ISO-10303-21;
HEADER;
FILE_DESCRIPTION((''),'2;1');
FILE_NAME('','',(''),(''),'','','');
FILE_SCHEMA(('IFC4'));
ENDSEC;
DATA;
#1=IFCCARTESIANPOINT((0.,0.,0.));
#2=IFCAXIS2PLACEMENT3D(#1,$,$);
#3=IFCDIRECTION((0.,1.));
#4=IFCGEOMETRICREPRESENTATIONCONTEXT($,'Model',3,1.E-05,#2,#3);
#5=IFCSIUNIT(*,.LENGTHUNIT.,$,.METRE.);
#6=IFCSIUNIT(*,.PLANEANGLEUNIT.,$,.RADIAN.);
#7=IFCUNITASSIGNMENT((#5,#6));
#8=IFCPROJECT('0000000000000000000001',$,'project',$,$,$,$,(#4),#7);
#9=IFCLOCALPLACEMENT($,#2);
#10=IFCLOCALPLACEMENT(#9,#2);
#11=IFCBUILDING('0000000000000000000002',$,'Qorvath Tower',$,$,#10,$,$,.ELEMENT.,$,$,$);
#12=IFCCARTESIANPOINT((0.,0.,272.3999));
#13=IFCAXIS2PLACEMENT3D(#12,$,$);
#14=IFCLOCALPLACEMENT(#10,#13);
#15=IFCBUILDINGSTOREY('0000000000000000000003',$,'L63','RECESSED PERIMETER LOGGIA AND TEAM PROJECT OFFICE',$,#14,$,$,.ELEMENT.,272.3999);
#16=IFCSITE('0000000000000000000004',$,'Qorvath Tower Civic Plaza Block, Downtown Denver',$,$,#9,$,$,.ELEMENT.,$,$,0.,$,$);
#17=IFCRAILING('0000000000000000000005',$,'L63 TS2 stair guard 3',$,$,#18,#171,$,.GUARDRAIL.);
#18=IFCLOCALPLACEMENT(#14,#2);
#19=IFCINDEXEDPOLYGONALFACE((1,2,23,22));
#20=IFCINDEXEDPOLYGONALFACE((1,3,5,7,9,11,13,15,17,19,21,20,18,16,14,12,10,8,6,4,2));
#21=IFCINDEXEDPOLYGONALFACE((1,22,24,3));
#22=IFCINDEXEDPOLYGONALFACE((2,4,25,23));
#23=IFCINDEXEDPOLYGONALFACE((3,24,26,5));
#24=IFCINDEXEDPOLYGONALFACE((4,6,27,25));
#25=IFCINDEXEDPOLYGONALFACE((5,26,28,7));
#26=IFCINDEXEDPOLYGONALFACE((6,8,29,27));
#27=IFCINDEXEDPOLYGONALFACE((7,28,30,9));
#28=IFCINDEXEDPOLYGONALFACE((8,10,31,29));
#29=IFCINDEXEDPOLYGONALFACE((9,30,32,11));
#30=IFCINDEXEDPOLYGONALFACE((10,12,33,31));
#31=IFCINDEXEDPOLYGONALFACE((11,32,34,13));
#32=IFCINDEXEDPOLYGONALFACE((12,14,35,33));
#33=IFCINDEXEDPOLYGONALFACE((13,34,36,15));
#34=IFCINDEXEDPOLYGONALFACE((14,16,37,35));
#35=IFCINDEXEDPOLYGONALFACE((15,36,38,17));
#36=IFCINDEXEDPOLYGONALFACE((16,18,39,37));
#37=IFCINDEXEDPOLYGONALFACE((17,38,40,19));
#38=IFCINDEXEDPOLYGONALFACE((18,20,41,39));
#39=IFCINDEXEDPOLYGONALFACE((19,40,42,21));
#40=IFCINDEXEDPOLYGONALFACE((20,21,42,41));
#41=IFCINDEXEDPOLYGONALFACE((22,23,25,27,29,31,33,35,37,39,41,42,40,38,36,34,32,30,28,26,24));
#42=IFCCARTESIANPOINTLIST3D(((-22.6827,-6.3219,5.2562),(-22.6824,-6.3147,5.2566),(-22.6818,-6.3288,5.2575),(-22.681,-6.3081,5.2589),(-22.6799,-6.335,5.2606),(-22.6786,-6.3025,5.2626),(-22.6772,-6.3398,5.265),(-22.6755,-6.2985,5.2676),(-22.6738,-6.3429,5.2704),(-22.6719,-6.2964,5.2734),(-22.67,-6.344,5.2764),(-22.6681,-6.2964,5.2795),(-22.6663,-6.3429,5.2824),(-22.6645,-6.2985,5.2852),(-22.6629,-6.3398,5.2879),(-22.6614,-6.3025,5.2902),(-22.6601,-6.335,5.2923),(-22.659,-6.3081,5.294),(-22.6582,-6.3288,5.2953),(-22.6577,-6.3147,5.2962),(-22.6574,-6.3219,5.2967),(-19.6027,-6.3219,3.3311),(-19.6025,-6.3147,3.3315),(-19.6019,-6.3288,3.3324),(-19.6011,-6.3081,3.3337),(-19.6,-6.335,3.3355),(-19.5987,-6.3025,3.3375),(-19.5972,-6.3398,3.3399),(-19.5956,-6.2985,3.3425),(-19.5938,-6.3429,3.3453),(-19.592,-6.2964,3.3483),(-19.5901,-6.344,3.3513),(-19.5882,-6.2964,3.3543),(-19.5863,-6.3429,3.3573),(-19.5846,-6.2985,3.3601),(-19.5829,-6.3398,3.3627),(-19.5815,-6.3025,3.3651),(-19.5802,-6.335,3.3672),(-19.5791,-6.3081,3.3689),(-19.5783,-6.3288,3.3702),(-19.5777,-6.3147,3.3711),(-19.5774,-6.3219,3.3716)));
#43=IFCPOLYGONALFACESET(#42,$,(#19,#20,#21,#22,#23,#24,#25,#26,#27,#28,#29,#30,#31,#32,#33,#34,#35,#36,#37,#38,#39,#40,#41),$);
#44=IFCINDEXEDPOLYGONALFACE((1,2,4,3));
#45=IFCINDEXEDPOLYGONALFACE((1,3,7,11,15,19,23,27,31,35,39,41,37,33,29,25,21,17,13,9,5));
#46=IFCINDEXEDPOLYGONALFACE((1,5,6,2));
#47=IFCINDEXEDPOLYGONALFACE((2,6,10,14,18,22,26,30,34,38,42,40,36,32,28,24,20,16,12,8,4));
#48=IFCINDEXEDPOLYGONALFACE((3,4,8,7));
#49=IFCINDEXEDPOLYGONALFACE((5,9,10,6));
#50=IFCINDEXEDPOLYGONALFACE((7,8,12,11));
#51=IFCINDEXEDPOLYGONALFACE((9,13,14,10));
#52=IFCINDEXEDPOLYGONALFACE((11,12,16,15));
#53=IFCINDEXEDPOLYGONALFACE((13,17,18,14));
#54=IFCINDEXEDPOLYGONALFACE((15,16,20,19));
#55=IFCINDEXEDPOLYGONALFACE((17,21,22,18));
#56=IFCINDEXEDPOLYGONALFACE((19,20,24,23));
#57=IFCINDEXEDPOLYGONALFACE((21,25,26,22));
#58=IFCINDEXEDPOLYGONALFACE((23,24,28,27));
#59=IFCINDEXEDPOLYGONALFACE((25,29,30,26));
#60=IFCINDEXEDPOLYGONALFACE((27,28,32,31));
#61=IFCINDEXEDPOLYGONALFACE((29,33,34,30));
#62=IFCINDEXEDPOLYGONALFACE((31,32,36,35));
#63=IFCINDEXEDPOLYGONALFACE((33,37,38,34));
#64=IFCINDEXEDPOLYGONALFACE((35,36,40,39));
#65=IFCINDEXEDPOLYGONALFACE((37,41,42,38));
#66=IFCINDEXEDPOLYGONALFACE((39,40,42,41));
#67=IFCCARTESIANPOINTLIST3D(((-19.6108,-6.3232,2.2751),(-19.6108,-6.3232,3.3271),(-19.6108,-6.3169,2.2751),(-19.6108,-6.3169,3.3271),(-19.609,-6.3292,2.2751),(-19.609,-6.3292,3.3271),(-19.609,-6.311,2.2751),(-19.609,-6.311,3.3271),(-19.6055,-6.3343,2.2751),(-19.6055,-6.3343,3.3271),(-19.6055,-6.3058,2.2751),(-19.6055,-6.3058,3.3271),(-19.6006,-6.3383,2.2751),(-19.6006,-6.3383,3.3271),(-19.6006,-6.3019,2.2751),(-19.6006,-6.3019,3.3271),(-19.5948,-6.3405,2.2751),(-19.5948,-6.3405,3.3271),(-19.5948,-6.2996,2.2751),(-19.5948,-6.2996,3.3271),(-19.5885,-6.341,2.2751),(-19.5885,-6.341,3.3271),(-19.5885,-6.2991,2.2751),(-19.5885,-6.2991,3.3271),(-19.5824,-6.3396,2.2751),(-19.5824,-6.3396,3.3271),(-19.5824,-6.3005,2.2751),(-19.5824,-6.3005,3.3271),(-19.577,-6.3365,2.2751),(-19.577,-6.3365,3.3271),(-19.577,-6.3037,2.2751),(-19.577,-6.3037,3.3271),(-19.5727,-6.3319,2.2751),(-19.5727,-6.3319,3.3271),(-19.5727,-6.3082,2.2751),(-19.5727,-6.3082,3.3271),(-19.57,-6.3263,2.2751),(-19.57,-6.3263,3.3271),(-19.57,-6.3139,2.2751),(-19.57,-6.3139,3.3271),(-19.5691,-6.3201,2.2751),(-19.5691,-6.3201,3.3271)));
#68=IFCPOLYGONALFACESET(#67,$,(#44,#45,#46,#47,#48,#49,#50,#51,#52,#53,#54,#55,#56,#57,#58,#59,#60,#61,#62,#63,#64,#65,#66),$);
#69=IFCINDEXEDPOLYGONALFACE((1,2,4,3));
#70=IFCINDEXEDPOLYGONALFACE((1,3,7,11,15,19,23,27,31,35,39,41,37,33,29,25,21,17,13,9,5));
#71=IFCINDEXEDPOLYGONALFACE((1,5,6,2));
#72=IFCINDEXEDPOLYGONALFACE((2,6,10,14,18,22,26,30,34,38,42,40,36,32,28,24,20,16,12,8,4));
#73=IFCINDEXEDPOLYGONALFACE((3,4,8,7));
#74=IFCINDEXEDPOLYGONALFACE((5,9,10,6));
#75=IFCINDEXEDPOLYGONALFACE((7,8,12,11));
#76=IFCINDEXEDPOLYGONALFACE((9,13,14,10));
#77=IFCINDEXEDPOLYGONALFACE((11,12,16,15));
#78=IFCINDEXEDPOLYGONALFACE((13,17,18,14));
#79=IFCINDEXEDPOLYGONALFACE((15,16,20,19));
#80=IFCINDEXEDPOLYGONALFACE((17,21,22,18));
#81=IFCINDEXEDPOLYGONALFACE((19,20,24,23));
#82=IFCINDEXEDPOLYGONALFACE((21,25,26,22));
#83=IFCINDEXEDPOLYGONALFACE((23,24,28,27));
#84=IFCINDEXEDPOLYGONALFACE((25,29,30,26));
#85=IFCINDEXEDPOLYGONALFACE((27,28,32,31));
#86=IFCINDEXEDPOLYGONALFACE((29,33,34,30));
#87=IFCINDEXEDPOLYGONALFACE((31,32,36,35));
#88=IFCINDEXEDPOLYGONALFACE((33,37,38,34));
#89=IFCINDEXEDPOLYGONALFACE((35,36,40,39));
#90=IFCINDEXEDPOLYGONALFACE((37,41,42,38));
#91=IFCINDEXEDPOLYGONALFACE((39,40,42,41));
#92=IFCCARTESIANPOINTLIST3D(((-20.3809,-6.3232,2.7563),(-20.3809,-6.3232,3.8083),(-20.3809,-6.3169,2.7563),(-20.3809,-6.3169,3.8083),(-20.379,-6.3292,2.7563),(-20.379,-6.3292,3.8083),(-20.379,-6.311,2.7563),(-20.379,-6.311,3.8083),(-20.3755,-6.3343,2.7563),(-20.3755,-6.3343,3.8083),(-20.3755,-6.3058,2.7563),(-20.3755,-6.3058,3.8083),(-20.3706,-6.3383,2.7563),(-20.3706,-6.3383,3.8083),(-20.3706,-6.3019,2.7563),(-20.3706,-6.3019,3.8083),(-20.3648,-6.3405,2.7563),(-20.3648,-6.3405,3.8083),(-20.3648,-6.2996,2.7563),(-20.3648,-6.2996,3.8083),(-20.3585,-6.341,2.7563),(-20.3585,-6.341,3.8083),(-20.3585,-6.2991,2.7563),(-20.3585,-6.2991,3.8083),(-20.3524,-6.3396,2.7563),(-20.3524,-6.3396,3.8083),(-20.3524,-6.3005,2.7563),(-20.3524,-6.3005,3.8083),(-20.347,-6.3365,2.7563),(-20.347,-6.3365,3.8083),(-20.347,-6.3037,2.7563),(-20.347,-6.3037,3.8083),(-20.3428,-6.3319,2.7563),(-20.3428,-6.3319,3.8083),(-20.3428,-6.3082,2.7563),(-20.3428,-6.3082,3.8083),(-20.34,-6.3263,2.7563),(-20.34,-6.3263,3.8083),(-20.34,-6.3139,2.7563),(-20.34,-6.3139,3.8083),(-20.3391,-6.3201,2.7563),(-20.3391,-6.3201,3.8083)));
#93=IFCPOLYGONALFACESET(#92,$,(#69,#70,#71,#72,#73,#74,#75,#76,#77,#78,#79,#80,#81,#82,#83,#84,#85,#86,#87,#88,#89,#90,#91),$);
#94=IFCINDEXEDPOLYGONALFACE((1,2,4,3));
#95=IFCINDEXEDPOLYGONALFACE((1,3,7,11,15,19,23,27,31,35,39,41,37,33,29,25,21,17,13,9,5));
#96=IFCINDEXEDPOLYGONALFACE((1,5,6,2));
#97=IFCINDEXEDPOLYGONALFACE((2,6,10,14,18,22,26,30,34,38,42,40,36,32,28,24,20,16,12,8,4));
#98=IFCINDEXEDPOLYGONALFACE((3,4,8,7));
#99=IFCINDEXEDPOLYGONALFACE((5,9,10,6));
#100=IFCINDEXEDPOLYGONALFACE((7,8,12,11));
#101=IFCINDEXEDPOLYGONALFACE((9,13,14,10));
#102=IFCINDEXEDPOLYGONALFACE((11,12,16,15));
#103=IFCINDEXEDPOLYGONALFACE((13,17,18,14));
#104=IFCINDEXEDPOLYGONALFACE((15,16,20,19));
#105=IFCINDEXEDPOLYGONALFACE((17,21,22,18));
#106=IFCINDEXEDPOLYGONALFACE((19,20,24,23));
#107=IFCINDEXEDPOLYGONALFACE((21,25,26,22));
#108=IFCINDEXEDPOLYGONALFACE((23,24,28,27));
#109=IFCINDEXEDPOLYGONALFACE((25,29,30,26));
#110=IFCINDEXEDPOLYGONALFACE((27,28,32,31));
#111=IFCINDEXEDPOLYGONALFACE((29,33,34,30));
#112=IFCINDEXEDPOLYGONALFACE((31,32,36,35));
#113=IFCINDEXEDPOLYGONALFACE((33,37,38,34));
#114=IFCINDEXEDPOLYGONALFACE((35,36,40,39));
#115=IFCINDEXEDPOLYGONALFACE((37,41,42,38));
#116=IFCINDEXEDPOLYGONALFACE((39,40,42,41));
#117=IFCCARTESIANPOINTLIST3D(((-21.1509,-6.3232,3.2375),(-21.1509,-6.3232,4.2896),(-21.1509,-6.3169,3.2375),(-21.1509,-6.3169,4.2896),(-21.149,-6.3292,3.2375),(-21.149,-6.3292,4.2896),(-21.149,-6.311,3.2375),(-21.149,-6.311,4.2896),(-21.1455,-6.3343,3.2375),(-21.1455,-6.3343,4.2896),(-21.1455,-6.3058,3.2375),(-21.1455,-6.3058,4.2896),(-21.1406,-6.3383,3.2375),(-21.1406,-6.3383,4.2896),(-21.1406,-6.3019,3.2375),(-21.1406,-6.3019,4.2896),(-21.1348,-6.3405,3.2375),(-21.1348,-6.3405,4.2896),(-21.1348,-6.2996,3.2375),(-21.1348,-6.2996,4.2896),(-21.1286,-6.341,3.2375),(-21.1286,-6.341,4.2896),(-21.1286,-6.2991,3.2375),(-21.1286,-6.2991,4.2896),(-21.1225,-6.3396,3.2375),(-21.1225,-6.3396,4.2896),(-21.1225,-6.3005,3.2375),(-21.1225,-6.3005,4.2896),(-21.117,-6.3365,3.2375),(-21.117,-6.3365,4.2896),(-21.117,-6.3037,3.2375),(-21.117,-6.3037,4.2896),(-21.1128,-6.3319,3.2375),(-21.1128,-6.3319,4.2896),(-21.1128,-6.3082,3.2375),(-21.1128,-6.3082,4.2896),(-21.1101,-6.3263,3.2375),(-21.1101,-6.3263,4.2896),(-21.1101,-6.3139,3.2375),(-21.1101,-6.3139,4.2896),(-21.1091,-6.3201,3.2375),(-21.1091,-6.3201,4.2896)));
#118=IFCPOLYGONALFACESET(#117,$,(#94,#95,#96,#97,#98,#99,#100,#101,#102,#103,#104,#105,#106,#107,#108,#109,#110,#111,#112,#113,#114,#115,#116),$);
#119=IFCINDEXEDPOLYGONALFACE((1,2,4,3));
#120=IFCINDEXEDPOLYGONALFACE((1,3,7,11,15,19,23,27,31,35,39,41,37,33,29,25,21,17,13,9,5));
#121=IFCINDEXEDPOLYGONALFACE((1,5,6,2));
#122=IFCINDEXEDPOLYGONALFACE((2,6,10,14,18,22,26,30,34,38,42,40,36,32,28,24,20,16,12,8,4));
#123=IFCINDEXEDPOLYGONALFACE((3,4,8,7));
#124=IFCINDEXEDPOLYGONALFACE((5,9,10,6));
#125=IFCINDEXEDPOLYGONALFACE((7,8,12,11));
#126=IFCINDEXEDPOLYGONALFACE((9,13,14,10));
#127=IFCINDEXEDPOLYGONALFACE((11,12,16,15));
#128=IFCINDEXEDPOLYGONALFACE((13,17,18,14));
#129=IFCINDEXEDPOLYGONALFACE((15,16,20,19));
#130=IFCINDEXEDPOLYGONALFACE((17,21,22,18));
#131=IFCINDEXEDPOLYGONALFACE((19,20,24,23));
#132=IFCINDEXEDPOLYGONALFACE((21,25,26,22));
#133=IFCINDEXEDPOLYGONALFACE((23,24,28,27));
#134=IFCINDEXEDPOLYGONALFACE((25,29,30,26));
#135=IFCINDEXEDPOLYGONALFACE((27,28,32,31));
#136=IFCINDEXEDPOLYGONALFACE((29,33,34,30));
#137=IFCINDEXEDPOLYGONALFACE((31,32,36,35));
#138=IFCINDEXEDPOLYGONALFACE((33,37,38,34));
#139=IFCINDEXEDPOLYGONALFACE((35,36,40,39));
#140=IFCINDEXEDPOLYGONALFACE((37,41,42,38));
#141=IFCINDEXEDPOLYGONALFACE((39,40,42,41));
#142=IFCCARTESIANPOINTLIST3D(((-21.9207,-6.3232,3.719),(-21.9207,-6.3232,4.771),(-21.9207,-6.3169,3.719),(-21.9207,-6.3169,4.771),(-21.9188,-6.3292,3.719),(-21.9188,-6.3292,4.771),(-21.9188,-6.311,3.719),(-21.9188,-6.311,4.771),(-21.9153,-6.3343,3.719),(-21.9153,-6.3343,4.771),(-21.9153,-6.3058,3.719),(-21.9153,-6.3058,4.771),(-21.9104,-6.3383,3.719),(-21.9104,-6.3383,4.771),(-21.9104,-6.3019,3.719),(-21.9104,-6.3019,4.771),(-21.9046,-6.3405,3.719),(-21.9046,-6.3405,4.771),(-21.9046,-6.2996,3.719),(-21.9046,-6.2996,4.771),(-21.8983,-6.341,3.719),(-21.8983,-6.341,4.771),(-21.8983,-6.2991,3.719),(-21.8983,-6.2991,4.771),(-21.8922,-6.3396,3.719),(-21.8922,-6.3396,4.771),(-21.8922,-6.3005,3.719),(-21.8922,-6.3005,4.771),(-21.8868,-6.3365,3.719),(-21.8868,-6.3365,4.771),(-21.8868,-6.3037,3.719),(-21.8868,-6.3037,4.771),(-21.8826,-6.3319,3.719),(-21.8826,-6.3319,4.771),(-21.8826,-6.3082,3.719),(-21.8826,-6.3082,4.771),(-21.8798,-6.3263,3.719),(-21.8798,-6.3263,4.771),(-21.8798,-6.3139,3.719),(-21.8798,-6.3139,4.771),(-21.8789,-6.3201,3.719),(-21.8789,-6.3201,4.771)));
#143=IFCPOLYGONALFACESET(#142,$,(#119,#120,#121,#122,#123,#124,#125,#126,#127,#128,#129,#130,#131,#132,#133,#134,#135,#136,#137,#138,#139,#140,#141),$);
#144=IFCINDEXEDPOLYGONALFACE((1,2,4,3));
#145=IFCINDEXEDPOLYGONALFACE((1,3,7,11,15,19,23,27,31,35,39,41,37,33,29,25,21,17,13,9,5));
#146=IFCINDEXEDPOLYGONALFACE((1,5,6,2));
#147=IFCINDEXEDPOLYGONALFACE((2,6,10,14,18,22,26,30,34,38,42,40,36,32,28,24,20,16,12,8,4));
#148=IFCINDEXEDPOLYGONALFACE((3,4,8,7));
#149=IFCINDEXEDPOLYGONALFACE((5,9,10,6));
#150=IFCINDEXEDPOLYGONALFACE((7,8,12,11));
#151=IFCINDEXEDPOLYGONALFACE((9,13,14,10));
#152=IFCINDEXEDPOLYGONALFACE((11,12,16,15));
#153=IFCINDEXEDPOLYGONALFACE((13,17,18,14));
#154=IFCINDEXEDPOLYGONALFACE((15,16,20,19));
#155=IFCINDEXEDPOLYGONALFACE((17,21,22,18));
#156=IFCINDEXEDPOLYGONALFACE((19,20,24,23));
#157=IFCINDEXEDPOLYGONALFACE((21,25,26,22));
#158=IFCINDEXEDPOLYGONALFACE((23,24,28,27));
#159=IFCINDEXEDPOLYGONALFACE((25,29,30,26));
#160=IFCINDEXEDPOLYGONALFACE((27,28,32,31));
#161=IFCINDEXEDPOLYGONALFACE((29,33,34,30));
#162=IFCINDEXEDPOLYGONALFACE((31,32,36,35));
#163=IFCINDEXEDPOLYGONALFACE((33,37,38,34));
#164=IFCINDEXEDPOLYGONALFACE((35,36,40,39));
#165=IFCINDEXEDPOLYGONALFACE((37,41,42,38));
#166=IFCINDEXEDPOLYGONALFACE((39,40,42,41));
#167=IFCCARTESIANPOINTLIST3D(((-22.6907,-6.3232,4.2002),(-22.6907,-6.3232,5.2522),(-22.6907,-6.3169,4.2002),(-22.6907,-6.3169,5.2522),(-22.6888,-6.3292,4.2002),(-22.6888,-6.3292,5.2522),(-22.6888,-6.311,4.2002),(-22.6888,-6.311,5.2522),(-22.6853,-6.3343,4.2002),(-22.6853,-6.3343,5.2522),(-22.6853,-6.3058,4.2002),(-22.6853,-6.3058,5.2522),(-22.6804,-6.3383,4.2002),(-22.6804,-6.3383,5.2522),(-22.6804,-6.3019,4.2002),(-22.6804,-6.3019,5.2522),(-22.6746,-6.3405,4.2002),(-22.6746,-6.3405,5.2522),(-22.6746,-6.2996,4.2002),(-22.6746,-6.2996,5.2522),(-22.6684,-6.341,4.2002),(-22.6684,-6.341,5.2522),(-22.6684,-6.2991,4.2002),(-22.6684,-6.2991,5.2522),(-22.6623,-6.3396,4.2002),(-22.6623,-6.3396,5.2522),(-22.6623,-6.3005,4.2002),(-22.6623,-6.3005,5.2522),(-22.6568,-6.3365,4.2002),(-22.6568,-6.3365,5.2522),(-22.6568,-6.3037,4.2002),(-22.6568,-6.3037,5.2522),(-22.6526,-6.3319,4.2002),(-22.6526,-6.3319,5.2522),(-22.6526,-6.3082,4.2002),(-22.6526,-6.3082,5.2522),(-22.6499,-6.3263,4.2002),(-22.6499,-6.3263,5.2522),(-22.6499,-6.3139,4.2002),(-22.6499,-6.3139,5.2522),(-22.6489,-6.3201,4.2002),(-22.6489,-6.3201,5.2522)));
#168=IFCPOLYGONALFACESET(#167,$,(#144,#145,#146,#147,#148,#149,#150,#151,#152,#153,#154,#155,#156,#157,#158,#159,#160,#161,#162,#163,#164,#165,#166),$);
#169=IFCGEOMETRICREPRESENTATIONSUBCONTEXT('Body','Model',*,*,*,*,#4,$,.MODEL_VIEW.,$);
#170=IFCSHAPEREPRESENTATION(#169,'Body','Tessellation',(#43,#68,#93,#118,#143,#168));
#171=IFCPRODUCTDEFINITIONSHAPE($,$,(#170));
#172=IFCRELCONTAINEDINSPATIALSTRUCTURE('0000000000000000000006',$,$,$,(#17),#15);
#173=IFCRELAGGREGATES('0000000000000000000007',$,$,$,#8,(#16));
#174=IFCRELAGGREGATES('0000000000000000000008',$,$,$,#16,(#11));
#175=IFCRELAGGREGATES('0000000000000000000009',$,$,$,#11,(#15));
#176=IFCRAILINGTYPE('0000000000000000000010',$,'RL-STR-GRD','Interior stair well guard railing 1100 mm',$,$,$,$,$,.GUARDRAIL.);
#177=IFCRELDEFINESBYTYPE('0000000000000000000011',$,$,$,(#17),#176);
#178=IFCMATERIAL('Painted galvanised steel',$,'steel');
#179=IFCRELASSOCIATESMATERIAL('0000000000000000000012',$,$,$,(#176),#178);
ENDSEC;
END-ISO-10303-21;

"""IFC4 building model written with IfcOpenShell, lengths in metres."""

from ifc_helpers import new_model, si_unit, direction, frame, origin, origin_2d, place, context, subcontext, project, spatial, circle, extrude, material, type_object, element, save


model = new_model("IFC4")

# Units and contexts
model_context = context("Model", 3, precision=1e-05, world=origin(), true_north=direction((0.0, 1.0)))
body_context = subcontext(model_context, "Body", "Model", "MODEL_VIEW")
ifc_project = project(units=[si_unit("LENGTHUNIT", "METRE"), si_unit("PLANEANGLEUNIT", "RADIAN")], contexts=[model_context])

# Site, building, storey
site_placement = place(None, origin())
site = spatial("IfcSite", under=ifc_project, at=site_placement, Name="Qorvath Tower Civic Plaza Block, Downtown Denver", CompositionType="ELEMENT", RefElevation=0.0)
building_placement = place(site_placement, origin())
building = spatial("IfcBuilding", under=site, at=building_placement, Name="Qorvath Tower", CompositionType="ELEMENT")
storey_placement = place(building_placement, frame((0.0, 0.0, 272.3999)))
storey = spatial("IfcBuildingStorey", under=building, at=storey_placement, Name="L63", Description="RECESSED PERIMETER LOGGIA AND TEAM PROJECT OFFICE", CompositionType="ELEMENT", Elevation=272.3999)

# Railing
ifc_material_1 = material(Name="Painted galvanised steel", Category="steel")
railing_type_1 = type_object("IfcRailingType", Name="RL-STR-GRD", Description="Interior stair well guard railing 1100 mm", PredefinedType="GUARDRAIL", material=ifc_material_1)
railing_1_placement = place(storey_placement, frame((-19.5901, -6.3201, 2.2751)))
element("IfcRailing", 1, at=railing_1_placement, inside=storey, type_object=railing_type_1, Name="L63 TS2 stair guard 3", PredefinedType="GUARDRAIL", context=body_context, shape_type="SweptSolid", body=[
    extrude(circle(Radius=0.0239, at=origin_2d()), frame((0.0, 0.0, 1.0762), z_axis=(-0.847979, 0.0, 0.530029), x_axis=(0.0, -1.0, 0.0)), (0.0, 0.0, 1.0), 3.6321),
    extrude(circle(Radius=0.021, at=origin_2d()), origin(), (0.0, 0.0, 1.0), 1.052),
    extrude(circle(Radius=0.021, at=origin_2d()), frame((-0.77, 0.0, 0.4812)), (0.0, 0.0, 1.0), 1.052),
    extrude(circle(Radius=0.021, at=origin_2d()), frame((-1.54, 0.0, 0.9624)), (0.0, 0.0, 1.0), 1.052),
    extrude(circle(Radius=0.021, at=origin_2d()), frame((-2.3098, 0.0, 1.4438)), (0.0, 0.0, 1.0), 1.052),
    extrude(circle(Radius=0.021, at=origin_2d()), frame((-3.0798, 0.0, 1.925)), (0.0, 0.0, 1.0), 1.052),
])

save(model, "model.ifc")
